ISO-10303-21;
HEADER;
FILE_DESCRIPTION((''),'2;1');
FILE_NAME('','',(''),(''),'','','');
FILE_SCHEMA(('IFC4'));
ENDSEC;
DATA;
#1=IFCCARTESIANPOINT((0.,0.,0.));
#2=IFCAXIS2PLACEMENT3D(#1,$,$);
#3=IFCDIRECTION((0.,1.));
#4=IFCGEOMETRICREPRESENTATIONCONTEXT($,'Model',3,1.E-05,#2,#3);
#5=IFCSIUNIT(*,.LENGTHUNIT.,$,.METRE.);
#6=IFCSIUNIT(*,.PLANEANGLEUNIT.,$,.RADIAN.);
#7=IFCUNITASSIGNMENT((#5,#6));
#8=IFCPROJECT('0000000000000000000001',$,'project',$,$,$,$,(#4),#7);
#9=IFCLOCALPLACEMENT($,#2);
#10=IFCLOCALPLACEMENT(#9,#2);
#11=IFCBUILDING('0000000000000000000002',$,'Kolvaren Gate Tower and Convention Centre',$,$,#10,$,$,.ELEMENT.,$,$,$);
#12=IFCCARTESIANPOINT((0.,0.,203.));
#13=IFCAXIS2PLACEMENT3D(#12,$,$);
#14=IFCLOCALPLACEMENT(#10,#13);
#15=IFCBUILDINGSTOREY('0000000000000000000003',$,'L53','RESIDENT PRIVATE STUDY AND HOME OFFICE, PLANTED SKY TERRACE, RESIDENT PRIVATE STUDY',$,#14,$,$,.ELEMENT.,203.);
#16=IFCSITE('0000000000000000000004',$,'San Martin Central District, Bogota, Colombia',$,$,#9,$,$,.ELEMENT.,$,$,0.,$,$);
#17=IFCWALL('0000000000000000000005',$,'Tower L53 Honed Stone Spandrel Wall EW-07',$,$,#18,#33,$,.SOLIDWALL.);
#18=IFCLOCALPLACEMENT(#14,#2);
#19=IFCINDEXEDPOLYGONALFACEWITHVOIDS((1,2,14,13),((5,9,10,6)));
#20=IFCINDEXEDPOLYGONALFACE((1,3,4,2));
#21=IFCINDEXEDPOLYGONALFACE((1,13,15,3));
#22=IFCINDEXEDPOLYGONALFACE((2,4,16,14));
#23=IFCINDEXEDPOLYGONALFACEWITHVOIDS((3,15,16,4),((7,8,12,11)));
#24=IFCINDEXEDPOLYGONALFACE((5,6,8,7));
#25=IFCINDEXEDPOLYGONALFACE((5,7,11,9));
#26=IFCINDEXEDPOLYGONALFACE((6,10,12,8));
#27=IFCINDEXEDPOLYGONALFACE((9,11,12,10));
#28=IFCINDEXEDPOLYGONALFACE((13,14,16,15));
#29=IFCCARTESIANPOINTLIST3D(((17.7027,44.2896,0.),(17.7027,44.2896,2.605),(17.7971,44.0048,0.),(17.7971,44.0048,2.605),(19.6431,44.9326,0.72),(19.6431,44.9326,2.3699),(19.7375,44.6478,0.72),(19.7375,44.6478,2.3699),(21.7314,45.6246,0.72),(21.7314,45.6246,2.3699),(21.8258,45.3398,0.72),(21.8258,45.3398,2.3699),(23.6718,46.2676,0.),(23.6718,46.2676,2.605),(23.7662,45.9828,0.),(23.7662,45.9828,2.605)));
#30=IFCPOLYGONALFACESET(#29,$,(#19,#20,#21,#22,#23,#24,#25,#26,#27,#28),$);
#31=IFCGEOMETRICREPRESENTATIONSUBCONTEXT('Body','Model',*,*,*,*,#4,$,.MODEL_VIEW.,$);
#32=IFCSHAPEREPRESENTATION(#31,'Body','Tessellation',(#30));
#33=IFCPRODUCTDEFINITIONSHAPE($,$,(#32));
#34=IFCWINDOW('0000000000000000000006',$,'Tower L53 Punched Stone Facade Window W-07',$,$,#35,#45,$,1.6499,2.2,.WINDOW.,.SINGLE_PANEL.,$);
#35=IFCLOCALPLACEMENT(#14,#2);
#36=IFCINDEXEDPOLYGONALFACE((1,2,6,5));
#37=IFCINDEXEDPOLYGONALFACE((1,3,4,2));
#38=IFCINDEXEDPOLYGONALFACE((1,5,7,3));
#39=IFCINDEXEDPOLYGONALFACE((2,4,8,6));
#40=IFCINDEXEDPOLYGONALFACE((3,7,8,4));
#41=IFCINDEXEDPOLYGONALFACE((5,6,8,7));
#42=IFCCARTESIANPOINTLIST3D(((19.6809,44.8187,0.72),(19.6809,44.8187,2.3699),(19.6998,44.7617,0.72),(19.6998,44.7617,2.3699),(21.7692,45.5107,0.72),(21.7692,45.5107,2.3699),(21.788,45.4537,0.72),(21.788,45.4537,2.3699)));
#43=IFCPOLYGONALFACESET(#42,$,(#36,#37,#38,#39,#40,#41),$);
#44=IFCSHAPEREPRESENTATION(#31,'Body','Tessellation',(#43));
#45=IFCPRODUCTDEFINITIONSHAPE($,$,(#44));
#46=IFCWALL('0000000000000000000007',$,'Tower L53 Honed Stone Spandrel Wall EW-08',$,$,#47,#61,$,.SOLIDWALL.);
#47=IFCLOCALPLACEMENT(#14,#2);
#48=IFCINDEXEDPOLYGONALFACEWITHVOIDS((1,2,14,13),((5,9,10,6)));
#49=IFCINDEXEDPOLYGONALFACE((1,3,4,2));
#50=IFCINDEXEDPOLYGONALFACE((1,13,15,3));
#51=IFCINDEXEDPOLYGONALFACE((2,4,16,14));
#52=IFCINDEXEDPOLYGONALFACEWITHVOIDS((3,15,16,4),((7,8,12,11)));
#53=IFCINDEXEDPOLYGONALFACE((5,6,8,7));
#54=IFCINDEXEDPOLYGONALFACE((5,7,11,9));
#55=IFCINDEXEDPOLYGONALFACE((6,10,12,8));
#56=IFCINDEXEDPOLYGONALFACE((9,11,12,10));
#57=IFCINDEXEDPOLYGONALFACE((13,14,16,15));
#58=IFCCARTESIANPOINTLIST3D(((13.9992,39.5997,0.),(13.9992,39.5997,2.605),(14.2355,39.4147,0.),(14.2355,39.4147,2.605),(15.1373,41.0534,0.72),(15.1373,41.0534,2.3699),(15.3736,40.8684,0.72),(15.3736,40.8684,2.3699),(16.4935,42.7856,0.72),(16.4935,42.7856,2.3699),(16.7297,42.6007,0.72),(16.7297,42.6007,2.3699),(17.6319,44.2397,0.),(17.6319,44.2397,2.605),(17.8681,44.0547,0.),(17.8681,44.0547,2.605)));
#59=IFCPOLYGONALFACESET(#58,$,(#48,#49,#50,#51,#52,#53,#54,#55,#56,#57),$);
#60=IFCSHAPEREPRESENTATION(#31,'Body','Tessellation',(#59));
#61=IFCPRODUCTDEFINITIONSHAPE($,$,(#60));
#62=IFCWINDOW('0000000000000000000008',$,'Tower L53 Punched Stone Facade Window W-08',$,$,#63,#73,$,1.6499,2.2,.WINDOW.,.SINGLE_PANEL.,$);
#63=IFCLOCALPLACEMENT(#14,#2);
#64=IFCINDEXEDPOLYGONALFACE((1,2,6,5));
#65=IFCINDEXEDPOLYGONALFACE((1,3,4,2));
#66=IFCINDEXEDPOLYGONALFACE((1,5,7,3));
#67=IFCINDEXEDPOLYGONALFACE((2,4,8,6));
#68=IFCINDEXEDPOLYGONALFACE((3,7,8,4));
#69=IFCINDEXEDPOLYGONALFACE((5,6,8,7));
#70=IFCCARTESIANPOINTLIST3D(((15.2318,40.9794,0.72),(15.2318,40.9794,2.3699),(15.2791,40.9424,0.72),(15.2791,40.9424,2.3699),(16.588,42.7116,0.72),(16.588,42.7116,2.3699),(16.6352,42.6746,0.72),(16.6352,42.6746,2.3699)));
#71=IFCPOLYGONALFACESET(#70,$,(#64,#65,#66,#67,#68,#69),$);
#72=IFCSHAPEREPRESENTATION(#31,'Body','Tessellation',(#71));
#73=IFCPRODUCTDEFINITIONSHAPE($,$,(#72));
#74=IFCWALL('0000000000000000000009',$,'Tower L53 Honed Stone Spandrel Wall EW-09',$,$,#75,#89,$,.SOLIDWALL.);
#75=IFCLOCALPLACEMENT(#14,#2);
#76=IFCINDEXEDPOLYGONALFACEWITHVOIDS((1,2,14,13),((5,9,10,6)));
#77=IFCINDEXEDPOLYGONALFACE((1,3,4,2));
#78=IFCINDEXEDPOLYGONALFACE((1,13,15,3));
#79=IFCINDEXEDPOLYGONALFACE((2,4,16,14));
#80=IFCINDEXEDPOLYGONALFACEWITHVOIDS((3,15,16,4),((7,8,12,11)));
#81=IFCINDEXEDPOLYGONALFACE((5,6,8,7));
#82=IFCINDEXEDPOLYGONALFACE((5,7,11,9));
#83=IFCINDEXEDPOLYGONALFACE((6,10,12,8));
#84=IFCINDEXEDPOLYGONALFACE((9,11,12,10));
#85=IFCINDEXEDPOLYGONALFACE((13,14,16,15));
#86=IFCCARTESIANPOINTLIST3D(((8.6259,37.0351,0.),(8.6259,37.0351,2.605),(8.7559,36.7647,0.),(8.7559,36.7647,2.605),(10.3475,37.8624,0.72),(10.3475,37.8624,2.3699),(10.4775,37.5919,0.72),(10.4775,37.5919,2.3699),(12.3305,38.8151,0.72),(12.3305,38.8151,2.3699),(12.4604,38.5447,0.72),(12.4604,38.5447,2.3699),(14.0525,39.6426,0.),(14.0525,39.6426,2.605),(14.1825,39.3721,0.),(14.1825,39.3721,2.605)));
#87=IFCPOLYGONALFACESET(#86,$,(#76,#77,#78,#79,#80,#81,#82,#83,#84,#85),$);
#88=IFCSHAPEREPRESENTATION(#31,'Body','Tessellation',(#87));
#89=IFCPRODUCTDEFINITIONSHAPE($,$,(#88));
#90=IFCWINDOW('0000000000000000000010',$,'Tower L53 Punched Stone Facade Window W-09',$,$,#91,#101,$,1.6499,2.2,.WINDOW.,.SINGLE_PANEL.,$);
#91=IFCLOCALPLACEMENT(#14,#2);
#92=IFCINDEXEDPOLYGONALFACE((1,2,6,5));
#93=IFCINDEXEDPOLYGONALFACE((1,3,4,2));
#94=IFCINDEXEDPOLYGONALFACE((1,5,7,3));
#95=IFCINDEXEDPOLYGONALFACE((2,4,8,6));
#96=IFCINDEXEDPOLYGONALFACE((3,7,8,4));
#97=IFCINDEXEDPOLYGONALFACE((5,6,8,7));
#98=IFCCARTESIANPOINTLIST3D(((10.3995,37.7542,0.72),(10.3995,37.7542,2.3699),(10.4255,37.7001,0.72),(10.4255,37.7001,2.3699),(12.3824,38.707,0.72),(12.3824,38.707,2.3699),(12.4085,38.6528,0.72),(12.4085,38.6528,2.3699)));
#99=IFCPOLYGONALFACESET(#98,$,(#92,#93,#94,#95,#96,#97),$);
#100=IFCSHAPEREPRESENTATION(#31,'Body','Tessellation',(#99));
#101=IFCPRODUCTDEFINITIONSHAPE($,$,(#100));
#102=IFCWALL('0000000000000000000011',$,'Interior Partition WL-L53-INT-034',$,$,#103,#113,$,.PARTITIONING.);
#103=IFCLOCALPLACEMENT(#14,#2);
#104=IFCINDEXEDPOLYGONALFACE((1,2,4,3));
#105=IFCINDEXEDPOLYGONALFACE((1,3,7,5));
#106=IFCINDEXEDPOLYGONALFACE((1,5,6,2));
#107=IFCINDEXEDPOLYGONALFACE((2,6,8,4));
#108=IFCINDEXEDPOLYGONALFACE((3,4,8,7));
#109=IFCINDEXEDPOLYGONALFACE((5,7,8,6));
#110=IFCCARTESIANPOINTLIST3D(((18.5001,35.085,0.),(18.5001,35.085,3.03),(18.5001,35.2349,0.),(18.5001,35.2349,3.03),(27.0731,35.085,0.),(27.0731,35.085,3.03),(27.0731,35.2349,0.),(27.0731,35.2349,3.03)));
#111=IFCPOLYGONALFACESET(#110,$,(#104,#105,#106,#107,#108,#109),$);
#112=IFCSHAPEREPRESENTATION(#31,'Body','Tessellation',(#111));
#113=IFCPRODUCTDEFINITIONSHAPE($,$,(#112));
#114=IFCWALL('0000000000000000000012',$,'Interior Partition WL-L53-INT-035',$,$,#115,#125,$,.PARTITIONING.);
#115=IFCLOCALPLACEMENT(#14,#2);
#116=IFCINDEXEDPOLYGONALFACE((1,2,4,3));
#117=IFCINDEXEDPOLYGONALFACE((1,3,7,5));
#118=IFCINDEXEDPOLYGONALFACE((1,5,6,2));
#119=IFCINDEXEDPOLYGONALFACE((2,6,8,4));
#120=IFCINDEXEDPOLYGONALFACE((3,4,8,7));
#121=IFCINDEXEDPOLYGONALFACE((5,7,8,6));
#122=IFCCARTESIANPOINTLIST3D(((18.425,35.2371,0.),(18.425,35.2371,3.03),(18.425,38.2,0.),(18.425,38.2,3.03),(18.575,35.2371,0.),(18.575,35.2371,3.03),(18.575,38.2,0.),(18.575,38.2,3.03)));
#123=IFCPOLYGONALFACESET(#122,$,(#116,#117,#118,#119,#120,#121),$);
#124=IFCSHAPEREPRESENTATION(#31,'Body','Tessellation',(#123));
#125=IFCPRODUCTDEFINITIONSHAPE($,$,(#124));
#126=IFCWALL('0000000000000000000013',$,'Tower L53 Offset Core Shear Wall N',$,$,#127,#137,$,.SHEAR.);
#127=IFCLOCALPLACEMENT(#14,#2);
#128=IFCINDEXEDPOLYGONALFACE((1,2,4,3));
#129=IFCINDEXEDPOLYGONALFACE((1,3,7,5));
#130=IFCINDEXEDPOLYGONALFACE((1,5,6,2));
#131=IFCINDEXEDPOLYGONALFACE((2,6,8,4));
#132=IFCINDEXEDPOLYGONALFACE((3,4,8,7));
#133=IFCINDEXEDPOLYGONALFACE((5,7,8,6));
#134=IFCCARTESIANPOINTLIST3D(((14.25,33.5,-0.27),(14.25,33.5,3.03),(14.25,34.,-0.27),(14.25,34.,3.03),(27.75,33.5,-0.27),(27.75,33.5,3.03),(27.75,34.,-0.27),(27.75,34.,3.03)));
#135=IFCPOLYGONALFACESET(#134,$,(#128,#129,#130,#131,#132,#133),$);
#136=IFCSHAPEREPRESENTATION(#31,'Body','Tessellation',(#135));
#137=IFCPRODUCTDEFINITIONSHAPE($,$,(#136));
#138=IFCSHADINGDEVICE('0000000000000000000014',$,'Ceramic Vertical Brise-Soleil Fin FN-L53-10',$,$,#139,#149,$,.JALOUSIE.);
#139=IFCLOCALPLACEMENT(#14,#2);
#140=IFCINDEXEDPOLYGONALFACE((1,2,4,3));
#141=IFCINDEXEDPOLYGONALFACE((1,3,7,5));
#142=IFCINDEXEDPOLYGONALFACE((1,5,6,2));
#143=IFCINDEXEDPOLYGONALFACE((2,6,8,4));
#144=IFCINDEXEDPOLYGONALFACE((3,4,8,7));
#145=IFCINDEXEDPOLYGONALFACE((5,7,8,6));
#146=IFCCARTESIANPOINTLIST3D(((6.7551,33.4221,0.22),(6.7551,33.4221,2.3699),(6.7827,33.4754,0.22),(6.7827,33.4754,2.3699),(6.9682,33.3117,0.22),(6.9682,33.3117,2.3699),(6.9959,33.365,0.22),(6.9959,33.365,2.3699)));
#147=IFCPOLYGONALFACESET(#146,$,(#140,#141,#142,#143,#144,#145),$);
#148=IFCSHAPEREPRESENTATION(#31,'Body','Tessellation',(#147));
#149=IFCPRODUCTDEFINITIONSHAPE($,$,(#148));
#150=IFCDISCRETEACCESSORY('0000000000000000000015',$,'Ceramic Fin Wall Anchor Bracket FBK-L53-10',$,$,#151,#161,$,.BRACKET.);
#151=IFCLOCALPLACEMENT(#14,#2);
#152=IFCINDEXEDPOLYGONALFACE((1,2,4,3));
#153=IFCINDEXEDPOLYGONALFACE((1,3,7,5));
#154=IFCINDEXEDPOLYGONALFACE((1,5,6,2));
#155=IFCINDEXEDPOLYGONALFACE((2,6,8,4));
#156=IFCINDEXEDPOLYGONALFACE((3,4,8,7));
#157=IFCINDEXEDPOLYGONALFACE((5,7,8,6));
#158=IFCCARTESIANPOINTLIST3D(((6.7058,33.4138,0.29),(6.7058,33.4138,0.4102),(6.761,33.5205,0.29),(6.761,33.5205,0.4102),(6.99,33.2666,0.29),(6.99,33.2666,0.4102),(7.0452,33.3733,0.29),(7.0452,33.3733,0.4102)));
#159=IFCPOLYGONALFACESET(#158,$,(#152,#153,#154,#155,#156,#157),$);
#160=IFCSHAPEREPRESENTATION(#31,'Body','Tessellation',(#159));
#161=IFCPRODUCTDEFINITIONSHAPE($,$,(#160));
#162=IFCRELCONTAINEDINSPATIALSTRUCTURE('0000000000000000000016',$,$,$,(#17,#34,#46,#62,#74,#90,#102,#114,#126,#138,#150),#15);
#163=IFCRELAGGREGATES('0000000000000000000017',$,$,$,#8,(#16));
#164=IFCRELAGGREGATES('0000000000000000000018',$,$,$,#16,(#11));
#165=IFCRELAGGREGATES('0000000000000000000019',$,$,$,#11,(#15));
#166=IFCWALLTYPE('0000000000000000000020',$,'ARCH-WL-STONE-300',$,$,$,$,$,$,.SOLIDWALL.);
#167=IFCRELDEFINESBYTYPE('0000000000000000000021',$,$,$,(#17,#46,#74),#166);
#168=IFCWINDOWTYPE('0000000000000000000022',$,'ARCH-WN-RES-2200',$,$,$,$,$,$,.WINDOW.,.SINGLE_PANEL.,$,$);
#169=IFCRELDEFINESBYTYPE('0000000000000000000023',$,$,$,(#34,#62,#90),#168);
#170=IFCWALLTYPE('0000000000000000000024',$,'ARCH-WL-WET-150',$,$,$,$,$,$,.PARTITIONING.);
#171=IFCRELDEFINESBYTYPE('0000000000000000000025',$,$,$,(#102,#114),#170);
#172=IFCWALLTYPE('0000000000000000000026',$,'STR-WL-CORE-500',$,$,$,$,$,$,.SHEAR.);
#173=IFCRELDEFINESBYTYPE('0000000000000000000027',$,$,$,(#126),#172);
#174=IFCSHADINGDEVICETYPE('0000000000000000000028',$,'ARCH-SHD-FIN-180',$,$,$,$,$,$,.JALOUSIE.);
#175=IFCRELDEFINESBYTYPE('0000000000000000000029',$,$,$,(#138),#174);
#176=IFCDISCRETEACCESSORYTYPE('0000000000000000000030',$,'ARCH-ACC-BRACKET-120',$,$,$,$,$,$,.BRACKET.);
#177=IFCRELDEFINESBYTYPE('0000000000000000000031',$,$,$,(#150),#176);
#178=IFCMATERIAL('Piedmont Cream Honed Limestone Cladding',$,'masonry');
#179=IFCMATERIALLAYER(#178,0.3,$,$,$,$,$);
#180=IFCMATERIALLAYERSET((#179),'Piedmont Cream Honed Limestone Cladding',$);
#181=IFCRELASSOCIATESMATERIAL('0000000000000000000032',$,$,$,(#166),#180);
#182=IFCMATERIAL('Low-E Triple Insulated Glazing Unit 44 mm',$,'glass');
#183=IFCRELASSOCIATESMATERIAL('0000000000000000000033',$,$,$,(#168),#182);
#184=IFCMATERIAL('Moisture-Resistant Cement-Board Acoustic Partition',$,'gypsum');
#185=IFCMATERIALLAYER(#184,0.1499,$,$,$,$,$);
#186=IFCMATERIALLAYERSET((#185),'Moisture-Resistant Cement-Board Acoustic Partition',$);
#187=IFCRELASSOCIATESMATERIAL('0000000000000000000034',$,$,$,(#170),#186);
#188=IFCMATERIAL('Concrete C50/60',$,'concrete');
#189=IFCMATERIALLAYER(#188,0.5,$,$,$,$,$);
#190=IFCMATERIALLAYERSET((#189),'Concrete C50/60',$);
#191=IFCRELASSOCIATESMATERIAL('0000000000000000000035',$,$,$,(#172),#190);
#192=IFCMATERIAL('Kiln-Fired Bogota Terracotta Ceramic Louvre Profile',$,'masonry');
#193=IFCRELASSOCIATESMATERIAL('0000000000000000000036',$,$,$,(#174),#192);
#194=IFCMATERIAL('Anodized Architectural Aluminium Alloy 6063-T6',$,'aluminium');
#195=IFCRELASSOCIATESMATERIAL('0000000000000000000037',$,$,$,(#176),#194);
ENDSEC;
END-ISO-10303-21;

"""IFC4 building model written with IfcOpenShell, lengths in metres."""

from ifc_helpers import new_model, si_unit, direction, frame, frame_2d, origin, origin_2d, place, context, subcontext, project, spatial, rectangle, extrude, material, layer, layer_set, type_object, element, fill, save


model = new_model("IFC4")

# Units and contexts
model_context = context("Model", 3, precision=1e-05, world=origin(), true_north=direction((0.0, 1.0)))
body_context = subcontext(model_context, "Body", "Model", "MODEL_VIEW")
ifc_project = project(units=[si_unit("LENGTHUNIT", "METRE"), si_unit("PLANEANGLEUNIT", "RADIAN")], contexts=[model_context])

# Site, building, storey
site_placement = place(None, origin())
site = spatial("IfcSite", under=ifc_project, at=site_placement, Name="San Martin Central District, Bogota, Colombia", CompositionType="ELEMENT", RefElevation=0.0)
building_placement = place(site_placement, origin())
building = spatial("IfcBuilding", under=site, at=building_placement, Name="Kolvaren Gate Tower and Convention Centre", CompositionType="ELEMENT")
storey_placement = place(building_placement, frame((0.0, 0.0, 203.0)))
storey = spatial("IfcBuildingStorey", under=building, at=storey_placement, Name="L53", Description="RESIDENT PRIVATE STUDY AND HOME OFFICE, PLANTED SKY TERRACE, RESIDENT PRIVATE STUDY", CompositionType="ELEMENT", Elevation=203.0)

# Shared definitions
ifc_material_1 = material(Name="Piedmont Cream Honed Limestone Cladding", Category="masonry")

# Walls, openings, windows
ifc_layer_1 = layer(ifc_material_1, 0.3)
ifc_layer_set_1 = layer_set([ifc_layer_1], Name="Piedmont Cream Honed Limestone Cladding")
wall_type_1 = type_object("IfcWallType", Name="ARCH-WL-STONE-300", PredefinedType="SOLIDWALL", material=ifc_layer_set_1)
wall_1_placement = place(storey_placement, frame((17.75, 44.1472, 0.0), z_axis=(0.0, 0.0, 1.0), x_axis=(0.949241, 0.31455, 0.0)))
wall_1 = element("IfcWall", 1, at=wall_1_placement, inside=storey, type_object=wall_type_1, Name="Tower L53 Honed Stone Spandrel Wall EW-07", PredefinedType="SOLIDWALL", context=body_context, shape_type="SweptSolid", body=[
    extrude(rectangle(XDim=6.2883, YDim=0.3, at=frame_2d((3.144, 0.0))), origin(), (0.0, 0.0, 1.0), 2.605),
])
opening_1_placement = place(wall_1_placement, frame((2.0439, 0.0, 0.72)))
opening_1 = element("IfcOpeningElement", 2, at=opening_1_placement, cuts=wall_1, PredefinedType="OPENING", context=body_context, shape_type="SweptSolid", body=[
    extrude(rectangle(XDim=2.2, YDim=1.6499, at=frame_2d((1.1001, 0.825))), frame((0.0, 0.1599, 0.0), z_axis=(0.0, -1.0, 0.0), x_axis=(1.0, 0.0, 0.0)), (0.0, 0.0, 1.0), 0.3201),
])
ifc_material_2 = material(Name="Low-E Triple Insulated Glazing Unit 44 mm", Category="glass")
window_type = type_object("IfcWindowType", Name="ARCH-WN-RES-2200", PartitioningType="SINGLE_PANEL", PredefinedType="WINDOW", material=ifc_material_2)
window_1_placement = place(opening_1_placement, origin())
window_1 = element("IfcWindow", 3, at=window_1_placement, inside=storey, type_object=window_type, Name="Tower L53 Punched Stone Facade Window W-07", OverallHeight=1.6499, OverallWidth=2.2, PartitioningType="SINGLE_PANEL", PredefinedType="WINDOW", context=body_context, shape_type="SweptSolid", body=[
    extrude(rectangle(XDim=2.2, YDim=1.6499, at=frame_2d((1.1001, 0.825))), frame((0.0, 0.03, 0.0), z_axis=(0.0, -1.0, 0.0), x_axis=(1.0, 0.0, 0.0)), (0.0, 0.0, 1.0), 0.0601),
])
fill(opening_1, window_1)
wall_2_placement = place(storey_placement, frame((14.1174, 39.5073, 0.0), z_axis=(0.0, 0.0, 1.0), x_axis=(0.61645, 0.787394, 0.0)))
wall_2 = element("IfcWall", 4, at=wall_2_placement, inside=storey, type_object=wall_type_1, Name="Tower L53 Honed Stone Spandrel Wall EW-08", PredefinedType="SOLIDWALL", context=body_context, shape_type="SweptSolid", body=[
    extrude(rectangle(XDim=5.8928, YDim=0.3, at=frame_2d((2.9463, 0.0))), origin(), (0.0, 0.0, 1.0), 2.605),
])
opening_2_placement = place(wall_2_placement, frame((1.8459, 0.0, 0.72)))
opening_2 = element("IfcOpeningElement", 5, at=opening_2_placement, cuts=wall_2, PredefinedType="OPENING", context=body_context, shape_type="SweptSolid", body=[
    extrude(rectangle(XDim=2.2, YDim=1.6499, at=frame_2d((1.1001, 0.825))), frame((0.0, 0.1599, 0.0), z_axis=(0.0, -1.0, 0.0), x_axis=(1.0, 0.0, 0.0)), (0.0, 0.0, 1.0), 0.3201),
])
window_2_placement = place(opening_2_placement, origin())
window_2 = element("IfcWindow", 6, at=window_2_placement, inside=storey, type_object=window_type, Name="Tower L53 Punched Stone Facade Window W-08", OverallHeight=1.6499, OverallWidth=2.2, PartitioningType="SINGLE_PANEL", PredefinedType="WINDOW", context=body_context, shape_type="SweptSolid", body=[
    extrude(rectangle(XDim=2.2, YDim=1.6499, at=frame_2d((1.1001, 0.825))), frame((0.0, 0.03, 0.0), z_axis=(0.0, -1.0, 0.0), x_axis=(1.0, 0.0, 0.0)), (0.0, 0.0, 1.0), 0.0601),
])
fill(opening_2, window_2)
wall_3_placement = place(storey_placement, frame((8.6909, 36.8999, 0.0), z_axis=(0.0, 0.0, 1.0), x_axis=(0.901348, 0.433095, 0.0)))
wall_3 = element("IfcWall", 7, at=wall_3_placement, inside=storey, type_object=wall_type_1, Name="Tower L53 Honed Stone Spandrel Wall EW-09", PredefinedType="SOLIDWALL", context=body_context, shape_type="SweptSolid", body=[
    extrude(rectangle(XDim=6.0205, YDim=0.3, at=frame_2d((3.0103, 0.0))), origin(), (0.0, 0.0, 1.0), 2.605),
])
opening_3_placement = place(wall_3_placement, frame((1.9099, 0.0, 0.72)))
opening_3 = element("IfcOpeningElement", 8, at=opening_3_placement, cuts=wall_3, PredefinedType="OPENING", context=body_context, shape_type="SweptSolid", body=[
    extrude(rectangle(XDim=2.2, YDim=1.6499, at=frame_2d((1.1001, 0.825))), frame((0.0, 0.1599, 0.0), z_axis=(0.0, -1.0, 0.0), x_axis=(1.0, 0.0, 0.0)), (0.0, 0.0, 1.0), 0.3201),
])
window_3_placement = place(opening_3_placement, origin())
window_3 = element("IfcWindow", 9, at=window_3_placement, inside=storey, type_object=window_type, Name="Tower L53 Punched Stone Facade Window W-09", OverallHeight=1.6499, OverallWidth=2.2, PartitioningType="SINGLE_PANEL", PredefinedType="WINDOW", context=body_context, shape_type="SweptSolid", body=[
    extrude(rectangle(XDim=2.2, YDim=1.6499, at=frame_2d((1.1001, 0.825))), frame((0.0, 0.03, 0.0), z_axis=(0.0, -1.0, 0.0), x_axis=(1.0, 0.0, 0.0)), (0.0, 0.0, 1.0), 0.0601),
])
fill(opening_3, window_3)

# Walls
ifc_material_3 = material(Name="Moisture-Resistant Cement-Board Acoustic Partition", Category="gypsum")
ifc_layer_2 = layer(ifc_material_3, 0.1499)
ifc_layer_set_2 = layer_set([ifc_layer_2], Name="Moisture-Resistant Cement-Board Acoustic Partition")
wall_type_2 = type_object("IfcWallType", Name="ARCH-WL-WET-150", PredefinedType="PARTITIONING", material=ifc_layer_set_2)
wall_4_placement = place(storey_placement, frame((18.5, 35.1599, 0.0), z_axis=(0.0, 0.0, 1.0), x_axis=(1.0, 0.0, 0.0)))
element("IfcWall", 10, at=wall_4_placement, inside=storey, type_object=wall_type_2, Name="Interior Partition WL-L53-INT-034", PredefinedType="PARTITIONING", context=body_context, shape_type="SweptSolid", body=[
    extrude(rectangle(XDim=8.573, YDim=0.1499, at=frame_2d((4.2866, 0.0))), origin(), (0.0, 0.0, 1.0), 3.03),
])
wall_5_placement = place(storey_placement, frame((18.5, 35.2371, 0.0), z_axis=(0.0, 0.0, 1.0), x_axis=(0.0, 1.0, 0.0)))
element("IfcWall", 11, at=wall_5_placement, inside=storey, type_object=wall_type_2, Name="Interior Partition WL-L53-INT-035", PredefinedType="PARTITIONING", context=body_context, shape_type="SweptSolid", body=[
    extrude(rectangle(XDim=2.9629, YDim=0.1499, at=frame_2d((1.4814, 0.0))), origin(), (0.0, 0.0, 1.0), 3.03),
])
ifc_material_4 = material(Name="Concrete C50/60", Category="concrete")
ifc_layer_3 = layer(ifc_material_4, 0.5)
ifc_layer_set_3 = layer_set([ifc_layer_3], Name="Concrete C50/60")
wall_type_3 = type_object("IfcWallType", Name="STR-WL-CORE-500", PredefinedType="SHEAR", material=ifc_layer_set_3)
wall_6_placement = place(storey_placement, frame((14.25, 33.75, -0.27), z_axis=(0.0, 0.0, 1.0), x_axis=(1.0, 0.0, 0.0)))
element("IfcWall", 12, at=wall_6_placement, inside=storey, type_object=wall_type_3, Name="Tower L53 Offset Core Shear Wall N", PredefinedType="SHEAR", context=body_context, shape_type="SweptSolid", body=[
    extrude(rectangle(XDim=13.5, YDim=0.5, at=frame_2d((6.75, 0.0))), origin(), (0.0, 0.0, 1.0), 3.3),
])

# Shading device
ifc_material_5 = material(Name="Kiln-Fired Bogota Terracotta Ceramic Louvre Profile", Category="masonry")
shading_device_type = type_object("IfcShadingDeviceType", Name="ARCH-SHD-FIN-180", PredefinedType="JALOUSIE", material=ifc_material_5)
shading_device_placement = place(storey_placement, frame((6.8755, 33.3936, 0.22), z_axis=(0.0, 0.0, 1.0), x_axis=(0.4598, 0.888023, 0.0)))
element("IfcShadingDevice", 13, at=shading_device_placement, inside=storey, type_object=shading_device_type, Name="Ceramic Vertical Brise-Soleil Fin FN-L53-10", PredefinedType="JALOUSIE", context=body_context, shape_type="SweptSolid", body=[
    extrude(rectangle(XDim=0.0601, YDim=0.24, at=origin_2d()), origin(), (0.0, 0.0, 1.0), 2.1499),
])

# Discrete accessory
ifc_material_6 = material(Name="Anodized Architectural Aluminium Alloy 6063-T6", Category="aluminium")
discrete_accessory_type = type_object("IfcDiscreteAccessoryType", Name="ARCH-ACC-BRACKET-120", PredefinedType="BRACKET", material=ifc_material_6)
discrete_accessory_placement = place(storey_placement, frame((6.8755, 33.3936, 0.29), z_axis=(0.0, 0.0, 1.0), x_axis=(0.4598, 0.888023, 0.0)))
element("IfcDiscreteAccessory", 14, at=discrete_accessory_placement, inside=storey, type_object=discrete_accessory_type, Name="Ceramic Fin Wall Anchor Bracket FBK-L53-10", PredefinedType="BRACKET", context=body_context, shape_type="SweptSolid", body=[
    extrude(rectangle(XDim=0.1201, YDim=0.3201, at=origin_2d()), origin(), (0.0, 0.0, 1.0), 0.1201),
])

save(model, "model.ifc")
